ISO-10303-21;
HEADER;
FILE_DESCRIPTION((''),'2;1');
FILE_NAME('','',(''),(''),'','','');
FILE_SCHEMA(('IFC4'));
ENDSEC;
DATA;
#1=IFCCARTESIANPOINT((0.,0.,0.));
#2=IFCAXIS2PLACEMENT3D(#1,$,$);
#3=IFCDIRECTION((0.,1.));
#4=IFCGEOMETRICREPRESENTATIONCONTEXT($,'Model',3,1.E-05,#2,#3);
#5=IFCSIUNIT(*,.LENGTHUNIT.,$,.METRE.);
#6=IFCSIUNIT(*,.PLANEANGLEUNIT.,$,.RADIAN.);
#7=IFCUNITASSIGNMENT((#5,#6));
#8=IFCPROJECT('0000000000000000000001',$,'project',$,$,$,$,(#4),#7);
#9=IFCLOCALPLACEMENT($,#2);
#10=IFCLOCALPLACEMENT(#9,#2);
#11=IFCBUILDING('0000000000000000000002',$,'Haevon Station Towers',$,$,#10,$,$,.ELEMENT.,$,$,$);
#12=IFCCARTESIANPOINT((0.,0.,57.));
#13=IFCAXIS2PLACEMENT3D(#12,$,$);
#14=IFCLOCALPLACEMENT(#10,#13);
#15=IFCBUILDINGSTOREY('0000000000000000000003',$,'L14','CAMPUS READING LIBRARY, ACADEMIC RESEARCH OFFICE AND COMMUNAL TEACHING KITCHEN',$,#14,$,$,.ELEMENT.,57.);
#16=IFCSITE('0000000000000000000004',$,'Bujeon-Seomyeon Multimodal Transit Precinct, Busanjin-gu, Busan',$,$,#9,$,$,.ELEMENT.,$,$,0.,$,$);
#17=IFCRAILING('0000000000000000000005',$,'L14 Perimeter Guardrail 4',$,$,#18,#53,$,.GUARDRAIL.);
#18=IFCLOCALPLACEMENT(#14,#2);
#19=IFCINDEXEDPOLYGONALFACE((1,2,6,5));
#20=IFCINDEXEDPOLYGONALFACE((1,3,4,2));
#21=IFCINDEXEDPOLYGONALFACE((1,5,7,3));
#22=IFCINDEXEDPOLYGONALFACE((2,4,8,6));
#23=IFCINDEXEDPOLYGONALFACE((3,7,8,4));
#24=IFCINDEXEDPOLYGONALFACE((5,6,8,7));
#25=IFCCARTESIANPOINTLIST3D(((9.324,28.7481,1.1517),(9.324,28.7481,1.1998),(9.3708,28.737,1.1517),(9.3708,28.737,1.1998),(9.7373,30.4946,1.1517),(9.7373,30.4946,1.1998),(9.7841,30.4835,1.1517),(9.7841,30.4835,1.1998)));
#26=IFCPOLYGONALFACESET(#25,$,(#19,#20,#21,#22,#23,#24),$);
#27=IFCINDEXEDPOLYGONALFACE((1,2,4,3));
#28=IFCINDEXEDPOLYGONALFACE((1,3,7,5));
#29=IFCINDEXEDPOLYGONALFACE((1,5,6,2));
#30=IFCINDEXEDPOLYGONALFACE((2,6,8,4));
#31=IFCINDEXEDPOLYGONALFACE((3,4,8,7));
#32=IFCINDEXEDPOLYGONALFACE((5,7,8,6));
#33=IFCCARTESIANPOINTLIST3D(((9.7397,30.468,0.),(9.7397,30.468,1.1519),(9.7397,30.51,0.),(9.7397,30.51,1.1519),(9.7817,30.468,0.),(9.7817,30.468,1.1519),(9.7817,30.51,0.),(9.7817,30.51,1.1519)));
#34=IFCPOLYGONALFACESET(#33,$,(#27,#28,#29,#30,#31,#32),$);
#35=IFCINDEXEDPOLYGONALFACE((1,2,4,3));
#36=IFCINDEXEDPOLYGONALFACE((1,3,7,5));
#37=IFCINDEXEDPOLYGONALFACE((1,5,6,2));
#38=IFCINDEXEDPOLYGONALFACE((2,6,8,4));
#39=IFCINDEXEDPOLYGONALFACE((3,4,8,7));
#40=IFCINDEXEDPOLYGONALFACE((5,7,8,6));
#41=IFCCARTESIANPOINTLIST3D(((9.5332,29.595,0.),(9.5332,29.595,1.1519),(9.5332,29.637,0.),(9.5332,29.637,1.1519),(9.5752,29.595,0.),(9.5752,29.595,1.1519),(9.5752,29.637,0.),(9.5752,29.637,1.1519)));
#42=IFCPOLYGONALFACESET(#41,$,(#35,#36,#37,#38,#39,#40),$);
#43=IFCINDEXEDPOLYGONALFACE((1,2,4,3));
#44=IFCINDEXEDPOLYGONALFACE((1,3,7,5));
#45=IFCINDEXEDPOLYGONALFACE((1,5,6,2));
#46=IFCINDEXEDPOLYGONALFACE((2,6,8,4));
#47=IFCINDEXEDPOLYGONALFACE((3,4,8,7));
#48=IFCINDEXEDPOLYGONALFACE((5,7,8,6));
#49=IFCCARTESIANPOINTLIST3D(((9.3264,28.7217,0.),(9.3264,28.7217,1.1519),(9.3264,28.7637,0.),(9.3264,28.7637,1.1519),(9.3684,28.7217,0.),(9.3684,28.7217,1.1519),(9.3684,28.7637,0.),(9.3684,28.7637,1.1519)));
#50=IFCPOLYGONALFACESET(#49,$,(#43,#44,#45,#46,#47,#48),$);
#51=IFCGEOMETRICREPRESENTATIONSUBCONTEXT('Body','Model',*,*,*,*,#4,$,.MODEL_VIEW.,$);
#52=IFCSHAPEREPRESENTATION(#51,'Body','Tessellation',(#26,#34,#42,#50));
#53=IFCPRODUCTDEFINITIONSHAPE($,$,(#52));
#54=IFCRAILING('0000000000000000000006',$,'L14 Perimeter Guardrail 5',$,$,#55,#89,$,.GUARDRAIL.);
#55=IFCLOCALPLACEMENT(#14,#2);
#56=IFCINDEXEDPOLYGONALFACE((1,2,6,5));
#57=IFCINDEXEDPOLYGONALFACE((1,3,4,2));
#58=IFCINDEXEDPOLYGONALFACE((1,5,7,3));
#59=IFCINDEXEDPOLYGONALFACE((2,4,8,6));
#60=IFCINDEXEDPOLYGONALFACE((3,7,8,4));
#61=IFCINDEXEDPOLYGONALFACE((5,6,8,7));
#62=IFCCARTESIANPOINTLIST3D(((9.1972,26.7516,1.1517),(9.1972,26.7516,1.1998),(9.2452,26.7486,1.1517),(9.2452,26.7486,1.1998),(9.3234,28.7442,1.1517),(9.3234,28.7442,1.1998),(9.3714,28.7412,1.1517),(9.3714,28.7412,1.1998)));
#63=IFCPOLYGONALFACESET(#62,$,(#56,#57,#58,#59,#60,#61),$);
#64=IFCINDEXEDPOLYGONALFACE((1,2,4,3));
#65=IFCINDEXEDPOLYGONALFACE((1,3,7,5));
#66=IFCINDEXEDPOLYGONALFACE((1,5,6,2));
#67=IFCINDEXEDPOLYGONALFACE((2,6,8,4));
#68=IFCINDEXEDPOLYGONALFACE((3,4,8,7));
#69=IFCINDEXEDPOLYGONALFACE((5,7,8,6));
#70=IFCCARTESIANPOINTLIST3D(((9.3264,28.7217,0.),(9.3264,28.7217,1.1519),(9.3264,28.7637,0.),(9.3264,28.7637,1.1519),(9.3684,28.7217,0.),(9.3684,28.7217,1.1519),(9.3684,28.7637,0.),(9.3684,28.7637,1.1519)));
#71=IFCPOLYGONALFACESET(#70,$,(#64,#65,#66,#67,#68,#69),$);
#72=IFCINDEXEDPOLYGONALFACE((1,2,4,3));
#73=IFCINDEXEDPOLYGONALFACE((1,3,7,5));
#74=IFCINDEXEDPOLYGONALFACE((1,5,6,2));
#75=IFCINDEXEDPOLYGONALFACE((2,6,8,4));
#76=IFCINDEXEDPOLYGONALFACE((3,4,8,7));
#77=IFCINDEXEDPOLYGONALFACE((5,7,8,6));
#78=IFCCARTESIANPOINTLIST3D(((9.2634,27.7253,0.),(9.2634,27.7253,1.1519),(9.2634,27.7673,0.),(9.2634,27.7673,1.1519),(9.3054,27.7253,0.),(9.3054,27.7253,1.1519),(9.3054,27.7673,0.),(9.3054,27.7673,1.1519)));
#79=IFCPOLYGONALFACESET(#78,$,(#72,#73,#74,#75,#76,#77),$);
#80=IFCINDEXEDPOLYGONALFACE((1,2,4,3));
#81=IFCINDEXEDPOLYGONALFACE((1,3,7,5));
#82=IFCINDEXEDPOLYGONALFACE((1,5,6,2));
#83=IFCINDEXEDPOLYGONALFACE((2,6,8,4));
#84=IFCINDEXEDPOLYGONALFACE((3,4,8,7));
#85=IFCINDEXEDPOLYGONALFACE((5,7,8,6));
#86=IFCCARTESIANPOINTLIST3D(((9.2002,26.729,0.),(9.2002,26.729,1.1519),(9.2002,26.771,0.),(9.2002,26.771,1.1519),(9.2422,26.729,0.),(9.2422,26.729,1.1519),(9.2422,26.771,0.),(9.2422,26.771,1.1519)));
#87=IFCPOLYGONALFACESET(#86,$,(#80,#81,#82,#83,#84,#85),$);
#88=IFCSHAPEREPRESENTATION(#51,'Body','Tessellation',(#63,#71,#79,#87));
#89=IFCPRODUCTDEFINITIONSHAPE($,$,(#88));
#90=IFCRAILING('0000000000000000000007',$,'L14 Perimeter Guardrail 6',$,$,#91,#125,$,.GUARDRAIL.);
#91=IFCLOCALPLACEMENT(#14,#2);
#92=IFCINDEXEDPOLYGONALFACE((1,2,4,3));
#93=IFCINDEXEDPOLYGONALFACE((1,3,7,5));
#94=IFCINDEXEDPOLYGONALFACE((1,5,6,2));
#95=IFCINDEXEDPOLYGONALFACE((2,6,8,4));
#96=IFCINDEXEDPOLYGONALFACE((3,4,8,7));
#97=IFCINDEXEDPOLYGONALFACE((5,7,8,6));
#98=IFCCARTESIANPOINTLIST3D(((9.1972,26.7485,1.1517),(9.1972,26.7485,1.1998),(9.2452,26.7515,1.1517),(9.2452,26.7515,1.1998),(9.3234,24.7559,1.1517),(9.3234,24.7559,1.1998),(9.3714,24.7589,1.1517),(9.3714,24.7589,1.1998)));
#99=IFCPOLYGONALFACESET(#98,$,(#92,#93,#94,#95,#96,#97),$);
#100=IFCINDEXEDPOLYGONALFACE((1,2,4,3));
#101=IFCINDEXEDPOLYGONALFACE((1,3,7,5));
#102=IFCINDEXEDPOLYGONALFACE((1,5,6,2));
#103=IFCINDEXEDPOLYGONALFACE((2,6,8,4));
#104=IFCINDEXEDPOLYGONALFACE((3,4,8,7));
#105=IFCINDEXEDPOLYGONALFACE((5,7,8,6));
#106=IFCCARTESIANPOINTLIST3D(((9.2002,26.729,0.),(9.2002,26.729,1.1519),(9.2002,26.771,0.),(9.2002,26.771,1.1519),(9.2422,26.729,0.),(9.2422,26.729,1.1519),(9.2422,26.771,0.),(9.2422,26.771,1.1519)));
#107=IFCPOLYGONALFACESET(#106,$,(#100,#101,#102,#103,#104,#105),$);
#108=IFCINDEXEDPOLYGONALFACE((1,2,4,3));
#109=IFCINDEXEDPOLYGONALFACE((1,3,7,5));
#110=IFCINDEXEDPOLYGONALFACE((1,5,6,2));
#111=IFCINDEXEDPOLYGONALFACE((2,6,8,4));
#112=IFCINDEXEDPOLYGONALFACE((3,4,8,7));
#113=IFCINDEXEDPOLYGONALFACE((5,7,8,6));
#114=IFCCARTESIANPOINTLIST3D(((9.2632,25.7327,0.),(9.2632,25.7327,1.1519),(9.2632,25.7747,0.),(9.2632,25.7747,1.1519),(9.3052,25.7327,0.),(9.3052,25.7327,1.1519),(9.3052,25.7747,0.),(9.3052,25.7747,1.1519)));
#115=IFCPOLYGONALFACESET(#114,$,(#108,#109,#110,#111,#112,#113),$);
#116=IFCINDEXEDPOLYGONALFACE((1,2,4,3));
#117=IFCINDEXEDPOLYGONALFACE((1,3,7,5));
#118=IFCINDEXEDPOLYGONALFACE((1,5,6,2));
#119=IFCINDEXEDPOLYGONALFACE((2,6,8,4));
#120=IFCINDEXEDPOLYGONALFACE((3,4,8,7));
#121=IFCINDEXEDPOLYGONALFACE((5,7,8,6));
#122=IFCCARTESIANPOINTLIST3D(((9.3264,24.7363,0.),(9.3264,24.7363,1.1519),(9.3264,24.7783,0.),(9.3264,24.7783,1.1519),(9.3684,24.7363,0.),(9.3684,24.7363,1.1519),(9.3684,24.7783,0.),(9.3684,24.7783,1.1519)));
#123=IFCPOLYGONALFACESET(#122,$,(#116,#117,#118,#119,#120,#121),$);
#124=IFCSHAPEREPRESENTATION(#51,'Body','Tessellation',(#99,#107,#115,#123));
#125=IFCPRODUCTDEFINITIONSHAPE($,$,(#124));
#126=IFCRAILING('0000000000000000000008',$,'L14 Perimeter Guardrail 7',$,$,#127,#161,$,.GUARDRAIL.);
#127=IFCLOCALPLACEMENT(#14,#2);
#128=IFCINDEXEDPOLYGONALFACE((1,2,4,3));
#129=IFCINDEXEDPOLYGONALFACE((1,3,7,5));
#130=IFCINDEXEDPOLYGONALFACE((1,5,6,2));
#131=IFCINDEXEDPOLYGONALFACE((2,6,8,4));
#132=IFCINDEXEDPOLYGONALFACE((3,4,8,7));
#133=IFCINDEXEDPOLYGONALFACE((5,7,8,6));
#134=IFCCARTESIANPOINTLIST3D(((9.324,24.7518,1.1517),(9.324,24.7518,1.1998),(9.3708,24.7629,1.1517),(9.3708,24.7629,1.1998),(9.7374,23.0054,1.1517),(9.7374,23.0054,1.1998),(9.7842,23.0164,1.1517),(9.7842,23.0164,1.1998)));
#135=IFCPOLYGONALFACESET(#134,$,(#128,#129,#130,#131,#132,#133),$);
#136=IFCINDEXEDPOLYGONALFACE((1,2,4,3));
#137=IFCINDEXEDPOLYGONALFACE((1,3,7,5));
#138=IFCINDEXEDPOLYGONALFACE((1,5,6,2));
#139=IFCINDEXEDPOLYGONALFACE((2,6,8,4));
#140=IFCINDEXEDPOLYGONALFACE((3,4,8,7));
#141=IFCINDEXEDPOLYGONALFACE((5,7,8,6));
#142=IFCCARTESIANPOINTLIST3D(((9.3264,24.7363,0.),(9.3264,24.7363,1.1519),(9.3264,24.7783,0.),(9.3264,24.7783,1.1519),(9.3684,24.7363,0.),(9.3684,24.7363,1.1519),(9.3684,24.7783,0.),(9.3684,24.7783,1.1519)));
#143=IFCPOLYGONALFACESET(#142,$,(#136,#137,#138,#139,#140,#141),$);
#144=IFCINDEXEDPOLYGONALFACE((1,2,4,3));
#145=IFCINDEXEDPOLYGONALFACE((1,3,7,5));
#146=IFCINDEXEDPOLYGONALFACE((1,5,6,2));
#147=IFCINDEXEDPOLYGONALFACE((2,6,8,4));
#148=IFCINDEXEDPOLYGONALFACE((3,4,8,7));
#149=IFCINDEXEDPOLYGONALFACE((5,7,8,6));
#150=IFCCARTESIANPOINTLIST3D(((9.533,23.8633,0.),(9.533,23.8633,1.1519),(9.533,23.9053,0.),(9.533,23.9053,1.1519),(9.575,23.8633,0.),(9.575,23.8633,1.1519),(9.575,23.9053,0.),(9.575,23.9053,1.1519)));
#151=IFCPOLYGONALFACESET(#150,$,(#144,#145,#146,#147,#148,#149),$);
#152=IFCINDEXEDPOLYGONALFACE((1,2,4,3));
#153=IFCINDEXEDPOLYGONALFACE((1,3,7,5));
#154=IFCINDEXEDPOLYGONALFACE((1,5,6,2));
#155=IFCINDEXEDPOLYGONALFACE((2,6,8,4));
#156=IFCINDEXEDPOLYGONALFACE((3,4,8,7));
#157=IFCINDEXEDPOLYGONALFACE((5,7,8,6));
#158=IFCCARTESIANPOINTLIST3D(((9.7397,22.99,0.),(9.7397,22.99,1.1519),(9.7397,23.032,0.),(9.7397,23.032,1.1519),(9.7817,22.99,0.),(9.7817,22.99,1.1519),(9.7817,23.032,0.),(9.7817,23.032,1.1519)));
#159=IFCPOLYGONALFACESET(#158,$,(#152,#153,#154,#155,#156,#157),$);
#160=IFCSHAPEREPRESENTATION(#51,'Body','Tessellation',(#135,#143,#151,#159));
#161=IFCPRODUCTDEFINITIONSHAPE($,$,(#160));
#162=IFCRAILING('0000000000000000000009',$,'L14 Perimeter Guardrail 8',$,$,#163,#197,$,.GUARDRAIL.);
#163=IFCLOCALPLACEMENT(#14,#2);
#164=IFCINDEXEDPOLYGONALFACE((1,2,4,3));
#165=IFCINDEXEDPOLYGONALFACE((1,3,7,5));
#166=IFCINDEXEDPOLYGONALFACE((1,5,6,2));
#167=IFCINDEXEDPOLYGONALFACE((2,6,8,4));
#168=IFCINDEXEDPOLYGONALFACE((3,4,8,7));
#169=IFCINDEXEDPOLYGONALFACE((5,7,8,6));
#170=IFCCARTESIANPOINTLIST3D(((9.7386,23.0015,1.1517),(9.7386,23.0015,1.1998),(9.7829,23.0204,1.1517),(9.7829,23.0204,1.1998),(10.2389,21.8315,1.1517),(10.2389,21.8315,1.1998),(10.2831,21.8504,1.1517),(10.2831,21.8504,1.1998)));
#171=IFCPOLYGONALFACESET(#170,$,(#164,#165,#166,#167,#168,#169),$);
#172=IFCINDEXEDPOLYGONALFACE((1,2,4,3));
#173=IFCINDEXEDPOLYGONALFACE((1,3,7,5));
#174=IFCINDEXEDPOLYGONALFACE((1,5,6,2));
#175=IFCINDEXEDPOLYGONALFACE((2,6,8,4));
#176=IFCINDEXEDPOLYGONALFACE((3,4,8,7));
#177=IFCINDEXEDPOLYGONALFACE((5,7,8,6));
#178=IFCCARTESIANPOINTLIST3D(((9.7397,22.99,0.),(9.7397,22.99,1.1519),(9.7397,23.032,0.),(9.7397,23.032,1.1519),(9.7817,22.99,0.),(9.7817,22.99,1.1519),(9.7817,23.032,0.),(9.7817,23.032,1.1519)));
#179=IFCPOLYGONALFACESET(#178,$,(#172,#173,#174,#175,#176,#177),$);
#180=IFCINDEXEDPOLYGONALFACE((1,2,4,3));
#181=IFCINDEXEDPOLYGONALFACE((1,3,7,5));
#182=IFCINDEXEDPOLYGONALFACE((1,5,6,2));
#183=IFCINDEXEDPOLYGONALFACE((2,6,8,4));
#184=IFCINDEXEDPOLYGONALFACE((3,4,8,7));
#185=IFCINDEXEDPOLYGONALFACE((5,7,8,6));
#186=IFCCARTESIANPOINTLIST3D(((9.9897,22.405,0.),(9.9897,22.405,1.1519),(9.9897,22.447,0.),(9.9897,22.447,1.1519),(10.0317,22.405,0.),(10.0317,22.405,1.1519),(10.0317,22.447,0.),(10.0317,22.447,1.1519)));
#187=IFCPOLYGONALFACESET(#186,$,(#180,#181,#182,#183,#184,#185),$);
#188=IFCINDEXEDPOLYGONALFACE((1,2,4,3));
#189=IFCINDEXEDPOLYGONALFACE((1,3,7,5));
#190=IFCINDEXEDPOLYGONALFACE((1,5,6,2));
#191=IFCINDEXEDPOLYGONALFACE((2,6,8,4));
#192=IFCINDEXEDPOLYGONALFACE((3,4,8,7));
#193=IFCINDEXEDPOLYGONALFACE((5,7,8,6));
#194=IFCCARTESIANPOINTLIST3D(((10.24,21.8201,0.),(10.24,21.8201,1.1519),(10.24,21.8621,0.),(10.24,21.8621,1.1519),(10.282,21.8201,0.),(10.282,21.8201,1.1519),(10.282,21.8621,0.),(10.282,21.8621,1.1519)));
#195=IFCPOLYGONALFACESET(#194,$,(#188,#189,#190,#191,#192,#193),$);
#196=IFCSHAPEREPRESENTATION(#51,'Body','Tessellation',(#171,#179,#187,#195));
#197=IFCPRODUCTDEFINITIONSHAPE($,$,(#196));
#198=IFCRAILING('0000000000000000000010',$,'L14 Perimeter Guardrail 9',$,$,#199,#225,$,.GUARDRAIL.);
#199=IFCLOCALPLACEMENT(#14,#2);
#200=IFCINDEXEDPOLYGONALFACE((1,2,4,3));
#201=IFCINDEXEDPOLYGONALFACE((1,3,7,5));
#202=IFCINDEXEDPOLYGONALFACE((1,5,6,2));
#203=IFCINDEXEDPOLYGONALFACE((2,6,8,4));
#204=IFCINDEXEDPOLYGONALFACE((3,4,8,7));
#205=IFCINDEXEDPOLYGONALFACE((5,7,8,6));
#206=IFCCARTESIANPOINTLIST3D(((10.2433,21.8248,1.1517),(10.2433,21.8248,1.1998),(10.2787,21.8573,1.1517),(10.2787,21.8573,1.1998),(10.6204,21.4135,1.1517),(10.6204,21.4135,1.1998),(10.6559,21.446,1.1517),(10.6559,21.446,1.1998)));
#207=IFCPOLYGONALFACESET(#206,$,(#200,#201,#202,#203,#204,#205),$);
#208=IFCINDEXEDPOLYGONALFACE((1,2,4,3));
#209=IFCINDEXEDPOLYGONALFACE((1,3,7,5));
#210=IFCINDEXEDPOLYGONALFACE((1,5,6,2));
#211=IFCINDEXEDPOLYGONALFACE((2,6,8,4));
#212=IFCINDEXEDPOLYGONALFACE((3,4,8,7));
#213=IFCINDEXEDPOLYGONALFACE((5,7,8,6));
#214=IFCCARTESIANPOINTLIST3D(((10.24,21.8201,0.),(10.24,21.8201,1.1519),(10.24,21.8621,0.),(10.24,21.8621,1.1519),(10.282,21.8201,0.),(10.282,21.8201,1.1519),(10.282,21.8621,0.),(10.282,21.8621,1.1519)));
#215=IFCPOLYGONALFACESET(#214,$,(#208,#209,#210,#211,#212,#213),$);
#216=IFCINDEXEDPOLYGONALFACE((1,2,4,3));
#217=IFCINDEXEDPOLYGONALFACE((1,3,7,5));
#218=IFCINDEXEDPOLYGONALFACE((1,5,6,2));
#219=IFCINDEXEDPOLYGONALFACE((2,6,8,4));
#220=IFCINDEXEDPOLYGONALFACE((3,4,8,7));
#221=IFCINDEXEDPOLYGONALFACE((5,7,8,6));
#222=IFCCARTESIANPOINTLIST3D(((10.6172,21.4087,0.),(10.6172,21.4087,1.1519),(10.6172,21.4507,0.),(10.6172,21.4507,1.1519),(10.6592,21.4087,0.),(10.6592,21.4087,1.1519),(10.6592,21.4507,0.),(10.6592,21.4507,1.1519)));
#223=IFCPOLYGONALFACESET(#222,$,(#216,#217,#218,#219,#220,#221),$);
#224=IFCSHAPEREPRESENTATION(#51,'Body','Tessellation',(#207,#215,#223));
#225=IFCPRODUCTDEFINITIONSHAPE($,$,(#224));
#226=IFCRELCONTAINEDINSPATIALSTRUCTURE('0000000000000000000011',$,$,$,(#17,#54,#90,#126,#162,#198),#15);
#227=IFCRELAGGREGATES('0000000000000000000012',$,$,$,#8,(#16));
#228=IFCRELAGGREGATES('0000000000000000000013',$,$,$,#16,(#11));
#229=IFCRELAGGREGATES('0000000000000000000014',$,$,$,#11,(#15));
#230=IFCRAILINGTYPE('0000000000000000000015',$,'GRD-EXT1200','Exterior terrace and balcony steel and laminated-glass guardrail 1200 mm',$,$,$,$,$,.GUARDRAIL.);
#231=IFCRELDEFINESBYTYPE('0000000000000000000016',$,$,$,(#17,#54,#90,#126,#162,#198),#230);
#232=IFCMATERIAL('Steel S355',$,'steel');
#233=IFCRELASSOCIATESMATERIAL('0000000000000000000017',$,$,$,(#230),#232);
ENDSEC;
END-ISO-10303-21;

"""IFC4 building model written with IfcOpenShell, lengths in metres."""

from ifc_helpers import new_model, si_unit, direction, frame, origin, origin_2d, place, context, subcontext, project, spatial, rectangle, extrude, material, type_object, element, save


model = new_model("IFC4")

# Units and contexts
model_context = context("Model", 3, precision=1e-05, world=origin(), true_north=direction((0.0, 1.0)))
body_context = subcontext(model_context, "Body", "Model", "MODEL_VIEW")
ifc_project = project(units=[si_unit("LENGTHUNIT", "METRE"), si_unit("PLANEANGLEUNIT", "RADIAN")], contexts=[model_context])

# Site, building, storey
site_placement = place(None, origin())
site = spatial("IfcSite", under=ifc_project, at=site_placement, Name="Bujeon-Seomyeon Multimodal Transit Precinct, Busanjin-gu, Busan", CompositionType="ELEMENT", RefElevation=0.0)
building_placement = place(site_placement, origin())
building = spatial("IfcBuilding", under=site, at=building_placement, Name="Haevon Station Towers", CompositionType="ELEMENT")
storey_placement = place(building_placement, frame((0.0, 0.0, 57.0)))
storey = spatial("IfcBuildingStorey", under=building, at=storey_placement, Name="L14", Description="CAMPUS READING LIBRARY, ACADEMIC RESEARCH OFFICE AND COMMUNAL TEACHING KITCHEN", CompositionType="ELEMENT", Elevation=57.0)

# Shared definitions
ifc_material_1 = material(Name="Steel S355", Category="steel")

# Railings
railing_type = type_object("IfcRailingType", Name="GRD-EXT1200", Description="Exterior terrace and balcony steel and laminated-glass guardrail 1200 mm", PredefinedType="GUARDRAIL", material=ifc_material_1)
railing_1_placement = place(storey_placement, frame((9.7607, 30.489, 0.0)))
element("IfcRailing", 1, at=railing_1_placement, inside=storey, type_object=railing_type, Name="L14 Perimeter Guardrail 4", PredefinedType="GUARDRAIL", context=body_context, shape_type="SweptSolid", body=[
    extrude(rectangle(XDim=0.0481, YDim=0.0481, at=origin_2d()), frame((0.0, 0.0, 1.1758), z_axis=(-0.230321, -0.973115, 0.0), x_axis=(0.973115, -0.230321, 0.0)), (0.0, 0.0, 1.0), 1.7947),
    extrude(rectangle(XDim=0.042, YDim=0.042, at=origin_2d()), origin(), (0.0, 0.0, 1.0), 1.1519),
    extrude(rectangle(XDim=0.042, YDim=0.042, at=origin_2d()), frame((-0.2065, -0.873, 0.0)), (0.0, 0.0, 1.0), 1.1519),
    extrude(rectangle(XDim=0.042, YDim=0.042, at=origin_2d()), frame((-0.4133, -1.7463, 0.0)), (0.0, 0.0, 1.0), 1.1519),
])
railing_2_placement = place(storey_placement, frame((9.3474, 28.7427, 0.0)))
element("IfcRailing", 2, at=railing_2_placement, inside=storey, type_object=railing_type, Name="L14 Perimeter Guardrail 5", PredefinedType="GUARDRAIL", context=body_context, shape_type="SweptSolid", body=[
    extrude(rectangle(XDim=0.0481, YDim=0.0481, at=origin_2d()), frame((0.0, 0.0, 1.1758), z_axis=(-0.063216, -0.998, 0.0), x_axis=(0.998, -0.063216, 0.0)), (0.0, 0.0, 1.0), 1.9966),
    extrude(rectangle(XDim=0.042, YDim=0.042, at=origin_2d()), origin(), (0.0, 0.0, 1.0), 1.1519),
    extrude(rectangle(XDim=0.042, YDim=0.042, at=origin_2d()), frame((-0.063, -0.9963, 0.0)), (0.0, 0.0, 1.0), 1.1519),
    extrude(rectangle(XDim=0.042, YDim=0.042, at=origin_2d()), frame((-0.1262, -1.9927, 0.0)), (0.0, 0.0, 1.0), 1.1519),
])
railing_3_placement = place(storey_placement, frame((9.2212, 26.75, 0.0)))
element("IfcRailing", 3, at=railing_3_placement, inside=storey, type_object=railing_type, Name="L14 Perimeter Guardrail 6", PredefinedType="GUARDRAIL", context=body_context, shape_type="SweptSolid", body=[
    extrude(rectangle(XDim=0.0481, YDim=0.0481, at=origin_2d()), frame((0.0, 0.0, 1.1758), z_axis=(0.063216, -0.998, 0.0), x_axis=(0.998, 0.063216, 0.0)), (0.0, 0.0, 1.0), 1.9966),
    extrude(rectangle(XDim=0.042, YDim=0.042, at=origin_2d()), origin(), (0.0, 0.0, 1.0), 1.1519),
    extrude(rectangle(XDim=0.042, YDim=0.042, at=origin_2d()), frame((0.063, -0.9963, 0.0)), (0.0, 0.0, 1.0), 1.1519),
    extrude(rectangle(XDim=0.042, YDim=0.042, at=origin_2d()), frame((0.1262, -1.9927, 0.0)), (0.0, 0.0, 1.0), 1.1519),
])
railing_4_placement = place(storey_placement, frame((9.3474, 24.7573, 0.0)))
element("IfcRailing", 4, at=railing_4_placement, inside=storey, type_object=railing_type, Name="L14 Perimeter Guardrail 7", PredefinedType="GUARDRAIL", context=body_context, shape_type="SweptSolid", body=[
    extrude(rectangle(XDim=0.0481, YDim=0.0481, at=origin_2d()), frame((0.0, 0.0, 1.1758), z_axis=(0.230321, -0.973115, 0.0), x_axis=(0.973115, 0.230321, 0.0)), (0.0, 0.0, 1.0), 1.7947),
    extrude(rectangle(XDim=0.042, YDim=0.042, at=origin_2d()), origin(), (0.0, 0.0, 1.0), 1.1519),
    extrude(rectangle(XDim=0.042, YDim=0.042, at=origin_2d()), frame((0.2065, -0.873, 0.0)), (0.0, 0.0, 1.0), 1.1519),
    extrude(rectangle(XDim=0.042, YDim=0.042, at=origin_2d()), frame((0.4133, -1.7463, 0.0)), (0.0, 0.0, 1.0), 1.1519),
])
railing_5_placement = place(storey_placement, frame((9.7607, 23.011, 0.0)))
element("IfcRailing", 5, at=railing_5_placement, inside=storey, type_object=railing_type, Name="L14 Perimeter Guardrail 8", PredefinedType="GUARDRAIL", context=body_context, shape_type="SweptSolid", body=[
    extrude(rectangle(XDim=0.0481, YDim=0.0481, at=origin_2d()), frame((0.0, 0.0, 1.1758), z_axis=(0.393155, -0.919472, 0.0), x_axis=(0.919472, 0.393155, 0.0)), (0.0, 0.0, 1.0), 1.2725),
    extrude(rectangle(XDim=0.042, YDim=0.042, at=origin_2d()), origin(), (0.0, 0.0, 1.0), 1.1519),
    extrude(rectangle(XDim=0.042, YDim=0.042, at=origin_2d()), frame((0.25, -0.585, 0.0)), (0.0, 0.0, 1.0), 1.1519),
    extrude(rectangle(XDim=0.042, YDim=0.042, at=origin_2d()), frame((0.5002, -1.1699, 0.0)), (0.0, 0.0, 1.0), 1.1519),
])
railing_6_placement = place(storey_placement, frame((10.261, 21.8411, 0.0)))
element("IfcRailing", 6, at=railing_6_placement, inside=storey, type_object=railing_type, Name="L14 Perimeter Guardrail 9", PredefinedType="GUARDRAIL", context=body_context, shape_type="SweptSolid", body=[
    extrude(rectangle(XDim=0.0481, YDim=0.0481, at=origin_2d()), frame((0.0, 0.0, 1.1758), z_axis=(0.675824, -0.737063, 0.0), x_axis=(0.737063, 0.675824, 0.0)), (0.0, 0.0, 1.0), 0.5581),
    extrude(rectangle(XDim=0.042, YDim=0.042, at=origin_2d()), origin(), (0.0, 0.0, 1.0), 1.1519),
    extrude(rectangle(XDim=0.042, YDim=0.042, at=origin_2d()), frame((0.3772, -0.4114, 0.0)), (0.0, 0.0, 1.0), 1.1519),
])

save(model, "model.ifc")
